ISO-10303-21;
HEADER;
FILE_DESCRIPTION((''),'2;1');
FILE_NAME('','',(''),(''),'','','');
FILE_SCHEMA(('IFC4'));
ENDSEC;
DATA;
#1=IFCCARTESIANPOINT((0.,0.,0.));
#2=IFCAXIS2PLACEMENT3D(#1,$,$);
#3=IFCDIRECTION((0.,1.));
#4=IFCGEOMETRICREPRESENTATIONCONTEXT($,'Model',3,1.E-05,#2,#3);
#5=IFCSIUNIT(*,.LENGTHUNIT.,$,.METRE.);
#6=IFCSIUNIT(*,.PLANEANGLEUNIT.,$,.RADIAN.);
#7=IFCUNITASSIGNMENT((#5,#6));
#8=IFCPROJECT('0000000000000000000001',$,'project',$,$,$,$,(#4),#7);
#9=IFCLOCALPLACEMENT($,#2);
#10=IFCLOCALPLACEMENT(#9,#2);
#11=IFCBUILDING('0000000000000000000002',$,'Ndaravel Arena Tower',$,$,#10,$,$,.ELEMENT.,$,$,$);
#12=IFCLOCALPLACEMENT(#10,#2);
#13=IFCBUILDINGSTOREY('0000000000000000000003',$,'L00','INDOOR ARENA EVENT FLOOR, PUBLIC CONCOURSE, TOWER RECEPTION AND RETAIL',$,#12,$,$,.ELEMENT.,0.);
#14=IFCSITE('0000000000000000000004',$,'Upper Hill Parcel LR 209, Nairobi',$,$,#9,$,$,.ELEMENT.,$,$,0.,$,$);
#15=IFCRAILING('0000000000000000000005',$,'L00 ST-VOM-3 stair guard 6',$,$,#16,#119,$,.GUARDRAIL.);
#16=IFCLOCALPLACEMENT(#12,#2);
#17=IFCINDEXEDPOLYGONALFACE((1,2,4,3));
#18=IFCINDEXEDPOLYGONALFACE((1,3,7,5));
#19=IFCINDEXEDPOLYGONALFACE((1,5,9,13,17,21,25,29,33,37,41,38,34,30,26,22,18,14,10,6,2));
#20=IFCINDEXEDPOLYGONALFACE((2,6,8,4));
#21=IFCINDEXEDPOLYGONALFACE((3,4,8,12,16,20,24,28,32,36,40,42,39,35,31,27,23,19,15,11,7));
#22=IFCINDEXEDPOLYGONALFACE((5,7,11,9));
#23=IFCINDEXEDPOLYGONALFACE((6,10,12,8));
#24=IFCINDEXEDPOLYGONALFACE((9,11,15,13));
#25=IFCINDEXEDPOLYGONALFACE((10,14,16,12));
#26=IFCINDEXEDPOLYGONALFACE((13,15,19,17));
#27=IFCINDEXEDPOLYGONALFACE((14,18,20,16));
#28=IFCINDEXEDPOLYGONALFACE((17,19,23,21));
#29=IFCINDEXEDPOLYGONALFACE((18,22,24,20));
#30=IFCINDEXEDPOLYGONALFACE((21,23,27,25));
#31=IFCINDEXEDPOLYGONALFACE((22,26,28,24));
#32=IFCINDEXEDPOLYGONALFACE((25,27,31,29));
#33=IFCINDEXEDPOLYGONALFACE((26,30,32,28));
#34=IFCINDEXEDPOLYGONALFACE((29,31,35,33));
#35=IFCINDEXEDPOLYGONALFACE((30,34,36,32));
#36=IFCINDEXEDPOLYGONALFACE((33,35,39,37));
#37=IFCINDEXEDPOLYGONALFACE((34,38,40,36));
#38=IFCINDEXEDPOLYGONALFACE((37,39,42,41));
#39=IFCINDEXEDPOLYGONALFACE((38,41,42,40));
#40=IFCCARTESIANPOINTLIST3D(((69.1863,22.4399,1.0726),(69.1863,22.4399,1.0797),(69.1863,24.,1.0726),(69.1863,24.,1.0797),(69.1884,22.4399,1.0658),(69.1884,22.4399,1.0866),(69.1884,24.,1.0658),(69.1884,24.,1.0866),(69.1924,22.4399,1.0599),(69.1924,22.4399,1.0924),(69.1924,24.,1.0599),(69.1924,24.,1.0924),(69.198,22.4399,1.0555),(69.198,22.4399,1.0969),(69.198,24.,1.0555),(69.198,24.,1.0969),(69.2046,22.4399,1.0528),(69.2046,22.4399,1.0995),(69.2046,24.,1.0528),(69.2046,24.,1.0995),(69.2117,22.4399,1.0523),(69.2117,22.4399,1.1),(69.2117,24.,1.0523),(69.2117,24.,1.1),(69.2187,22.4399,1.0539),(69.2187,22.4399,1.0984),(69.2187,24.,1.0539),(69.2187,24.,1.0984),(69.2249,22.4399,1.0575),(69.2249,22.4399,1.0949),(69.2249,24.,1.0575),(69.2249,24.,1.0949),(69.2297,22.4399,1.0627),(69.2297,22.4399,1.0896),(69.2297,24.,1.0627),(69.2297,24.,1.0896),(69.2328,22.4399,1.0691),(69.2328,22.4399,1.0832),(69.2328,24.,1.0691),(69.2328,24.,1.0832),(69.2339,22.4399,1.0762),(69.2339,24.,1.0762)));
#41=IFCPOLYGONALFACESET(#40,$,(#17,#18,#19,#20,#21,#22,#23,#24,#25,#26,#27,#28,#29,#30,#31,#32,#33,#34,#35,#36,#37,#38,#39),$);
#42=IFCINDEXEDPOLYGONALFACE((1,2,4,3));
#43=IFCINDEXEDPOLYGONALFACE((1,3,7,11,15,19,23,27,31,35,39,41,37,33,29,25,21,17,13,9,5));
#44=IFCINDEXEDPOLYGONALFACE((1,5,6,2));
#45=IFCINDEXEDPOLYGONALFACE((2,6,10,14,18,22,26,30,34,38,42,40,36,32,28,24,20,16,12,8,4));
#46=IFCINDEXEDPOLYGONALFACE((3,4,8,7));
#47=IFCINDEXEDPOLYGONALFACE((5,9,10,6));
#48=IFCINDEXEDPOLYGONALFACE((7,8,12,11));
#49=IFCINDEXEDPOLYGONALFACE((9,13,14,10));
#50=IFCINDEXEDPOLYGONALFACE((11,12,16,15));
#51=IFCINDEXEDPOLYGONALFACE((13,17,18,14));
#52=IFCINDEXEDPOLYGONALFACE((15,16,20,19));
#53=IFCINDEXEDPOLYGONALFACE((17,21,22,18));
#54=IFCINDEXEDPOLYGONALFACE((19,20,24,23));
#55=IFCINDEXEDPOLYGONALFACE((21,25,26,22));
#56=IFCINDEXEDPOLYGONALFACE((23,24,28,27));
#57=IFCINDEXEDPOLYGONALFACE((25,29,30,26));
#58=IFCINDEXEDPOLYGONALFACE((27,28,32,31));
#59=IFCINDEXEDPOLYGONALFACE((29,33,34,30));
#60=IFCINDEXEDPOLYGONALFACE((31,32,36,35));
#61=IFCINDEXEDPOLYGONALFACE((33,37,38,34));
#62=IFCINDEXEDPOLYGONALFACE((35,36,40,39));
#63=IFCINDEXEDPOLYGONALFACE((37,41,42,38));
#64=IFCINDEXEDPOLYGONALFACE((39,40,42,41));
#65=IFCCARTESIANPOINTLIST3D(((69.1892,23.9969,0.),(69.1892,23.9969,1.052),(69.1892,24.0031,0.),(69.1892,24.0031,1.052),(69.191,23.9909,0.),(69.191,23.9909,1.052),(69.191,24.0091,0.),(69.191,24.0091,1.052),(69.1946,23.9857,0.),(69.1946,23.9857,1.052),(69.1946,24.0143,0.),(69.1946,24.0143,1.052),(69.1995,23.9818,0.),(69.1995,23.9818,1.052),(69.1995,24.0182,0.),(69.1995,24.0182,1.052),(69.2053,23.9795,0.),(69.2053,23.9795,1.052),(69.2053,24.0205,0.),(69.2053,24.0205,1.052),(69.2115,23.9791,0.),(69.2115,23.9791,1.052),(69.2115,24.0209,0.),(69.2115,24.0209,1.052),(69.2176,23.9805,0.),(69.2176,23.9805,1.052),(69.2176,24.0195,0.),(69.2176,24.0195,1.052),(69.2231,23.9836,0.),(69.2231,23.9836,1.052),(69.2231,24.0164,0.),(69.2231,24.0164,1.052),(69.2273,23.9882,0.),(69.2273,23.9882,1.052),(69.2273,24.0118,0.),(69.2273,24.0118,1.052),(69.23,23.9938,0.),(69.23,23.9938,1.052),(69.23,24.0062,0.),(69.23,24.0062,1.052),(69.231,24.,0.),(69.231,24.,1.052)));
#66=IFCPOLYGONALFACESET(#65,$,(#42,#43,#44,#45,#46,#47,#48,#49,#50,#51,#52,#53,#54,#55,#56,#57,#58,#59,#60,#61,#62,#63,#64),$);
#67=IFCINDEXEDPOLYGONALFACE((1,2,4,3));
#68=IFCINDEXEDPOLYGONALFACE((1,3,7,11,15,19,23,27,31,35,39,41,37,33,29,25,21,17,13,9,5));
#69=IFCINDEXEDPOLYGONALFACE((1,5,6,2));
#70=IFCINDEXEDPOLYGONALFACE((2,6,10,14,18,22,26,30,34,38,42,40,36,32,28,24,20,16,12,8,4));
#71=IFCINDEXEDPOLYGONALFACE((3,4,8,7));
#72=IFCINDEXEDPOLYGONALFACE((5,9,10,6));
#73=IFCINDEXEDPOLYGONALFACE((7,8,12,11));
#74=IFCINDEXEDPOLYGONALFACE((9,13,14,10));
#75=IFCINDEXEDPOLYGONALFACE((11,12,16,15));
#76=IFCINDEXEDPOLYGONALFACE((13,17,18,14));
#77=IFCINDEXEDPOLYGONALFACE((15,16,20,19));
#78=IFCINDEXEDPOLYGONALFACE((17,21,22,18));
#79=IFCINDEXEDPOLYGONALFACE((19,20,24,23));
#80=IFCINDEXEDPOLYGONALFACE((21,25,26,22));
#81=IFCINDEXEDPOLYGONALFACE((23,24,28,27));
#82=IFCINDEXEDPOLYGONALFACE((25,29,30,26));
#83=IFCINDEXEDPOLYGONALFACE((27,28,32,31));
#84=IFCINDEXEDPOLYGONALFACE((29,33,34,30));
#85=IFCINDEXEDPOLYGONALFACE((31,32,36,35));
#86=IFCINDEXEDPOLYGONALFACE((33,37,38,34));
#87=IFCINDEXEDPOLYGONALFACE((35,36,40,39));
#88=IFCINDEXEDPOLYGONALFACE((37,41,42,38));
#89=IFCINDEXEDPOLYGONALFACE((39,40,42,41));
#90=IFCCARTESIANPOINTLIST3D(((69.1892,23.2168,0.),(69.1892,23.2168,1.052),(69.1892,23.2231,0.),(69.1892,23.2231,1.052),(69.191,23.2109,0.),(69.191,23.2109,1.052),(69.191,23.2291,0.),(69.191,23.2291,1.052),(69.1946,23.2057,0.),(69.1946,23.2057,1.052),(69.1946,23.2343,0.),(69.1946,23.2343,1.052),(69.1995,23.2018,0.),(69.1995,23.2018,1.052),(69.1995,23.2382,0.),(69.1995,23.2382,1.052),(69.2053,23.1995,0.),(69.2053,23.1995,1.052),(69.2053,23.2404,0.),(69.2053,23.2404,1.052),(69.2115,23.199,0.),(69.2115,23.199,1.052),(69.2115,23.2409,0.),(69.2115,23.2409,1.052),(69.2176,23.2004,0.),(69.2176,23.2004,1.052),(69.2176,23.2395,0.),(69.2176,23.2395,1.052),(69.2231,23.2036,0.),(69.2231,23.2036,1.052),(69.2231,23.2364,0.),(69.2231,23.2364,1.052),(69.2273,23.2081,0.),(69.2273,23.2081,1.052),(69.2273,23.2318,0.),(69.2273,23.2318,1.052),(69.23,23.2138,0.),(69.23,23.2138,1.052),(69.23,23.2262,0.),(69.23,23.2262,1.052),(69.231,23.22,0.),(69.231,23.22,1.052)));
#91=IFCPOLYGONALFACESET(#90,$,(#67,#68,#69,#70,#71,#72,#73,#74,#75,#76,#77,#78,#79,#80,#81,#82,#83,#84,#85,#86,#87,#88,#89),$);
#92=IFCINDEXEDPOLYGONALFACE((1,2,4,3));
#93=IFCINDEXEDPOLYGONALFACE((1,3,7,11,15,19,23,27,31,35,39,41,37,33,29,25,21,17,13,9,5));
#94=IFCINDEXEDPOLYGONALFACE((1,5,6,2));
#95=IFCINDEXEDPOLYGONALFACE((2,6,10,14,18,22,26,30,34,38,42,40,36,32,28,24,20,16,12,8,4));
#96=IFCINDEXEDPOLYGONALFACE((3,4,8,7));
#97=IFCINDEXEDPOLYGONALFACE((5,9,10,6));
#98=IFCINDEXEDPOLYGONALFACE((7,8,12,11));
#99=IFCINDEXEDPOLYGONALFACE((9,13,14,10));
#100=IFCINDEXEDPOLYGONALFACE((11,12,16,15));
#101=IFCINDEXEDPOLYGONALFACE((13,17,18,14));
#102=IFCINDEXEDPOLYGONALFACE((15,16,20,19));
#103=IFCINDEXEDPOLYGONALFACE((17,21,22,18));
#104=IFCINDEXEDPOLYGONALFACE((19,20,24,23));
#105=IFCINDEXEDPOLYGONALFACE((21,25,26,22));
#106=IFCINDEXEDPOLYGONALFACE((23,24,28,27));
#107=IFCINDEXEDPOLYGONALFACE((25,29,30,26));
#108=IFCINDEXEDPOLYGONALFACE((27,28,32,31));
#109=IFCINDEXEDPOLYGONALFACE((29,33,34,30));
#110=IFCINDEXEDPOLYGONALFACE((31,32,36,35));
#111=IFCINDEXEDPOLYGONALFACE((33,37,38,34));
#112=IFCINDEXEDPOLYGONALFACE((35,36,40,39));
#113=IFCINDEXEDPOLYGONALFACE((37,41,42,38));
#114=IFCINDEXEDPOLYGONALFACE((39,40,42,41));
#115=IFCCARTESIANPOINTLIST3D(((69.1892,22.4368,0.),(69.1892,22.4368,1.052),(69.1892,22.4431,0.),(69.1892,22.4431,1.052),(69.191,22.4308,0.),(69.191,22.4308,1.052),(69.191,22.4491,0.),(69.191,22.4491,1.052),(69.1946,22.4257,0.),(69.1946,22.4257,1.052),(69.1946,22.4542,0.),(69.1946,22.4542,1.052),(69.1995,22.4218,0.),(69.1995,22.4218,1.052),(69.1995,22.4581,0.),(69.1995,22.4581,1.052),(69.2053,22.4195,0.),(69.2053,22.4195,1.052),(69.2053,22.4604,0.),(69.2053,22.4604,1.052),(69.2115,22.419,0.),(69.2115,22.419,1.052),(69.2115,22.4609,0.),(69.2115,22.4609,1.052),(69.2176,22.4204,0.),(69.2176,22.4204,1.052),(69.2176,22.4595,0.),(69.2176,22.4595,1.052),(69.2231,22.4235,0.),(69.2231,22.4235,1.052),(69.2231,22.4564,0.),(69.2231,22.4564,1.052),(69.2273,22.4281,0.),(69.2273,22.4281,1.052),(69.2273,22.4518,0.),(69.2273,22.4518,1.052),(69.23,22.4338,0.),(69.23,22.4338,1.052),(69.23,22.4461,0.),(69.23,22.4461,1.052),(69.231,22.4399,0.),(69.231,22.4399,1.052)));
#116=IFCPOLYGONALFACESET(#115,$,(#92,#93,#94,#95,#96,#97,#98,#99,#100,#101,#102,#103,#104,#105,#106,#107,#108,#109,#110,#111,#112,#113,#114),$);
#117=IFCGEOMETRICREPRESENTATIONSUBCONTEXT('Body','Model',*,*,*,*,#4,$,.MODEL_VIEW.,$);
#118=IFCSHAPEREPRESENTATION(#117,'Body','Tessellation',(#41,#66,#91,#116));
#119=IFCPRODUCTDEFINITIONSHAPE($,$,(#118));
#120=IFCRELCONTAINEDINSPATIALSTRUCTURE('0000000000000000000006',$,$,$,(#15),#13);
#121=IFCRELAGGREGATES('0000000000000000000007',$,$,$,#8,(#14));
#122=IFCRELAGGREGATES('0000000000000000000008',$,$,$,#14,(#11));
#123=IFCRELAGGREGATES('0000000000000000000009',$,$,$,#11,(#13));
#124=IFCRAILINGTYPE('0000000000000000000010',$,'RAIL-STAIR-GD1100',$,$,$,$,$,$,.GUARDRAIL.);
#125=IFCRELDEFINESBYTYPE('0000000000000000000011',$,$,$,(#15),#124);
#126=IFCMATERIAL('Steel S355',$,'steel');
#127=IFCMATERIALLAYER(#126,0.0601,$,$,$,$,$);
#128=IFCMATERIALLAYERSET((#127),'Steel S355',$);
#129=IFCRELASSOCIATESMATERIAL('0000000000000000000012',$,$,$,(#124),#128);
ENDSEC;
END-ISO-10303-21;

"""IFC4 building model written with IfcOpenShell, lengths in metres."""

from ifc_helpers import new_model, si_unit, direction, frame, origin, origin_2d, place, context, subcontext, project, spatial, circle, extrude, material, layer, layer_set, type_object, element, save


model = new_model("IFC4")

# Units and contexts
model_context = context("Model", 3, precision=1e-05, world=origin(), true_north=direction((0.0, 1.0)))
body_context = subcontext(model_context, "Body", "Model", "MODEL_VIEW")
ifc_project = project(units=[si_unit("LENGTHUNIT", "METRE"), si_unit("PLANEANGLEUNIT", "RADIAN")], contexts=[model_context])

# Site, building, storey
site_placement = place(None, origin())
site = spatial("IfcSite", under=ifc_project, at=site_placement, Name="Upper Hill Parcel LR 209, Nairobi", CompositionType="ELEMENT", RefElevation=0.0)
building_placement = place(site_placement, origin())
building = spatial("IfcBuilding", under=site, at=building_placement, Name="Ndaravel Arena Tower", CompositionType="ELEMENT")
storey_placement = place(building_placement, origin())
storey = spatial("IfcBuildingStorey", under=building, at=storey_placement, Name="L00", Description="INDOOR ARENA EVENT FLOOR, PUBLIC CONCOURSE, TOWER RECEPTION AND RETAIL", CompositionType="ELEMENT", Elevation=0.0)

# Railing
ifc_material_1 = material(Name="Steel S355", Category="steel")
ifc_layer_1 = layer(ifc_material_1, 0.0601)
ifc_layer_set_1 = layer_set([ifc_layer_1], Name="Steel S355")
railing_type_1 = type_object("IfcRailingType", Name="RAIL-STAIR-GD1100", PredefinedType="GUARDRAIL", material=ifc_layer_set_1)
for number, where, name in (
    (1, (69.21, 24.0, 0.0), "L00 ST-VOM-3 stair guard 6"),
):
    element("IfcRailing", number, at=place(storey_placement, frame(where)), inside=storey, type_object=railing_type_1, Name=name, PredefinedType="GUARDRAIL", context=body_context, shape_type="SweptSolid", body=[
        extrude(circle(Radius=0.0239, at=origin_2d()), frame((0.0, 0.0, 1.0762), z_axis=(0.0, -1.0, 0.0), x_axis=(1.0, 0.0, 0.0)), (0.0, 0.0, 1.0), 1.5601),
        extrude(circle(Radius=0.021, at=origin_2d()), origin(), (0.0, 0.0, 1.0), 1.052),
        extrude(circle(Radius=0.021, at=origin_2d()), frame((0.0, -0.78, 0.0)), (0.0, 0.0, 1.0), 1.052),
        extrude(circle(Radius=0.021, at=origin_2d()), frame((0.0, -1.5601, 0.0)), (0.0, 0.0, 1.0), 1.052),
    ])

save(model, "model.ifc")
